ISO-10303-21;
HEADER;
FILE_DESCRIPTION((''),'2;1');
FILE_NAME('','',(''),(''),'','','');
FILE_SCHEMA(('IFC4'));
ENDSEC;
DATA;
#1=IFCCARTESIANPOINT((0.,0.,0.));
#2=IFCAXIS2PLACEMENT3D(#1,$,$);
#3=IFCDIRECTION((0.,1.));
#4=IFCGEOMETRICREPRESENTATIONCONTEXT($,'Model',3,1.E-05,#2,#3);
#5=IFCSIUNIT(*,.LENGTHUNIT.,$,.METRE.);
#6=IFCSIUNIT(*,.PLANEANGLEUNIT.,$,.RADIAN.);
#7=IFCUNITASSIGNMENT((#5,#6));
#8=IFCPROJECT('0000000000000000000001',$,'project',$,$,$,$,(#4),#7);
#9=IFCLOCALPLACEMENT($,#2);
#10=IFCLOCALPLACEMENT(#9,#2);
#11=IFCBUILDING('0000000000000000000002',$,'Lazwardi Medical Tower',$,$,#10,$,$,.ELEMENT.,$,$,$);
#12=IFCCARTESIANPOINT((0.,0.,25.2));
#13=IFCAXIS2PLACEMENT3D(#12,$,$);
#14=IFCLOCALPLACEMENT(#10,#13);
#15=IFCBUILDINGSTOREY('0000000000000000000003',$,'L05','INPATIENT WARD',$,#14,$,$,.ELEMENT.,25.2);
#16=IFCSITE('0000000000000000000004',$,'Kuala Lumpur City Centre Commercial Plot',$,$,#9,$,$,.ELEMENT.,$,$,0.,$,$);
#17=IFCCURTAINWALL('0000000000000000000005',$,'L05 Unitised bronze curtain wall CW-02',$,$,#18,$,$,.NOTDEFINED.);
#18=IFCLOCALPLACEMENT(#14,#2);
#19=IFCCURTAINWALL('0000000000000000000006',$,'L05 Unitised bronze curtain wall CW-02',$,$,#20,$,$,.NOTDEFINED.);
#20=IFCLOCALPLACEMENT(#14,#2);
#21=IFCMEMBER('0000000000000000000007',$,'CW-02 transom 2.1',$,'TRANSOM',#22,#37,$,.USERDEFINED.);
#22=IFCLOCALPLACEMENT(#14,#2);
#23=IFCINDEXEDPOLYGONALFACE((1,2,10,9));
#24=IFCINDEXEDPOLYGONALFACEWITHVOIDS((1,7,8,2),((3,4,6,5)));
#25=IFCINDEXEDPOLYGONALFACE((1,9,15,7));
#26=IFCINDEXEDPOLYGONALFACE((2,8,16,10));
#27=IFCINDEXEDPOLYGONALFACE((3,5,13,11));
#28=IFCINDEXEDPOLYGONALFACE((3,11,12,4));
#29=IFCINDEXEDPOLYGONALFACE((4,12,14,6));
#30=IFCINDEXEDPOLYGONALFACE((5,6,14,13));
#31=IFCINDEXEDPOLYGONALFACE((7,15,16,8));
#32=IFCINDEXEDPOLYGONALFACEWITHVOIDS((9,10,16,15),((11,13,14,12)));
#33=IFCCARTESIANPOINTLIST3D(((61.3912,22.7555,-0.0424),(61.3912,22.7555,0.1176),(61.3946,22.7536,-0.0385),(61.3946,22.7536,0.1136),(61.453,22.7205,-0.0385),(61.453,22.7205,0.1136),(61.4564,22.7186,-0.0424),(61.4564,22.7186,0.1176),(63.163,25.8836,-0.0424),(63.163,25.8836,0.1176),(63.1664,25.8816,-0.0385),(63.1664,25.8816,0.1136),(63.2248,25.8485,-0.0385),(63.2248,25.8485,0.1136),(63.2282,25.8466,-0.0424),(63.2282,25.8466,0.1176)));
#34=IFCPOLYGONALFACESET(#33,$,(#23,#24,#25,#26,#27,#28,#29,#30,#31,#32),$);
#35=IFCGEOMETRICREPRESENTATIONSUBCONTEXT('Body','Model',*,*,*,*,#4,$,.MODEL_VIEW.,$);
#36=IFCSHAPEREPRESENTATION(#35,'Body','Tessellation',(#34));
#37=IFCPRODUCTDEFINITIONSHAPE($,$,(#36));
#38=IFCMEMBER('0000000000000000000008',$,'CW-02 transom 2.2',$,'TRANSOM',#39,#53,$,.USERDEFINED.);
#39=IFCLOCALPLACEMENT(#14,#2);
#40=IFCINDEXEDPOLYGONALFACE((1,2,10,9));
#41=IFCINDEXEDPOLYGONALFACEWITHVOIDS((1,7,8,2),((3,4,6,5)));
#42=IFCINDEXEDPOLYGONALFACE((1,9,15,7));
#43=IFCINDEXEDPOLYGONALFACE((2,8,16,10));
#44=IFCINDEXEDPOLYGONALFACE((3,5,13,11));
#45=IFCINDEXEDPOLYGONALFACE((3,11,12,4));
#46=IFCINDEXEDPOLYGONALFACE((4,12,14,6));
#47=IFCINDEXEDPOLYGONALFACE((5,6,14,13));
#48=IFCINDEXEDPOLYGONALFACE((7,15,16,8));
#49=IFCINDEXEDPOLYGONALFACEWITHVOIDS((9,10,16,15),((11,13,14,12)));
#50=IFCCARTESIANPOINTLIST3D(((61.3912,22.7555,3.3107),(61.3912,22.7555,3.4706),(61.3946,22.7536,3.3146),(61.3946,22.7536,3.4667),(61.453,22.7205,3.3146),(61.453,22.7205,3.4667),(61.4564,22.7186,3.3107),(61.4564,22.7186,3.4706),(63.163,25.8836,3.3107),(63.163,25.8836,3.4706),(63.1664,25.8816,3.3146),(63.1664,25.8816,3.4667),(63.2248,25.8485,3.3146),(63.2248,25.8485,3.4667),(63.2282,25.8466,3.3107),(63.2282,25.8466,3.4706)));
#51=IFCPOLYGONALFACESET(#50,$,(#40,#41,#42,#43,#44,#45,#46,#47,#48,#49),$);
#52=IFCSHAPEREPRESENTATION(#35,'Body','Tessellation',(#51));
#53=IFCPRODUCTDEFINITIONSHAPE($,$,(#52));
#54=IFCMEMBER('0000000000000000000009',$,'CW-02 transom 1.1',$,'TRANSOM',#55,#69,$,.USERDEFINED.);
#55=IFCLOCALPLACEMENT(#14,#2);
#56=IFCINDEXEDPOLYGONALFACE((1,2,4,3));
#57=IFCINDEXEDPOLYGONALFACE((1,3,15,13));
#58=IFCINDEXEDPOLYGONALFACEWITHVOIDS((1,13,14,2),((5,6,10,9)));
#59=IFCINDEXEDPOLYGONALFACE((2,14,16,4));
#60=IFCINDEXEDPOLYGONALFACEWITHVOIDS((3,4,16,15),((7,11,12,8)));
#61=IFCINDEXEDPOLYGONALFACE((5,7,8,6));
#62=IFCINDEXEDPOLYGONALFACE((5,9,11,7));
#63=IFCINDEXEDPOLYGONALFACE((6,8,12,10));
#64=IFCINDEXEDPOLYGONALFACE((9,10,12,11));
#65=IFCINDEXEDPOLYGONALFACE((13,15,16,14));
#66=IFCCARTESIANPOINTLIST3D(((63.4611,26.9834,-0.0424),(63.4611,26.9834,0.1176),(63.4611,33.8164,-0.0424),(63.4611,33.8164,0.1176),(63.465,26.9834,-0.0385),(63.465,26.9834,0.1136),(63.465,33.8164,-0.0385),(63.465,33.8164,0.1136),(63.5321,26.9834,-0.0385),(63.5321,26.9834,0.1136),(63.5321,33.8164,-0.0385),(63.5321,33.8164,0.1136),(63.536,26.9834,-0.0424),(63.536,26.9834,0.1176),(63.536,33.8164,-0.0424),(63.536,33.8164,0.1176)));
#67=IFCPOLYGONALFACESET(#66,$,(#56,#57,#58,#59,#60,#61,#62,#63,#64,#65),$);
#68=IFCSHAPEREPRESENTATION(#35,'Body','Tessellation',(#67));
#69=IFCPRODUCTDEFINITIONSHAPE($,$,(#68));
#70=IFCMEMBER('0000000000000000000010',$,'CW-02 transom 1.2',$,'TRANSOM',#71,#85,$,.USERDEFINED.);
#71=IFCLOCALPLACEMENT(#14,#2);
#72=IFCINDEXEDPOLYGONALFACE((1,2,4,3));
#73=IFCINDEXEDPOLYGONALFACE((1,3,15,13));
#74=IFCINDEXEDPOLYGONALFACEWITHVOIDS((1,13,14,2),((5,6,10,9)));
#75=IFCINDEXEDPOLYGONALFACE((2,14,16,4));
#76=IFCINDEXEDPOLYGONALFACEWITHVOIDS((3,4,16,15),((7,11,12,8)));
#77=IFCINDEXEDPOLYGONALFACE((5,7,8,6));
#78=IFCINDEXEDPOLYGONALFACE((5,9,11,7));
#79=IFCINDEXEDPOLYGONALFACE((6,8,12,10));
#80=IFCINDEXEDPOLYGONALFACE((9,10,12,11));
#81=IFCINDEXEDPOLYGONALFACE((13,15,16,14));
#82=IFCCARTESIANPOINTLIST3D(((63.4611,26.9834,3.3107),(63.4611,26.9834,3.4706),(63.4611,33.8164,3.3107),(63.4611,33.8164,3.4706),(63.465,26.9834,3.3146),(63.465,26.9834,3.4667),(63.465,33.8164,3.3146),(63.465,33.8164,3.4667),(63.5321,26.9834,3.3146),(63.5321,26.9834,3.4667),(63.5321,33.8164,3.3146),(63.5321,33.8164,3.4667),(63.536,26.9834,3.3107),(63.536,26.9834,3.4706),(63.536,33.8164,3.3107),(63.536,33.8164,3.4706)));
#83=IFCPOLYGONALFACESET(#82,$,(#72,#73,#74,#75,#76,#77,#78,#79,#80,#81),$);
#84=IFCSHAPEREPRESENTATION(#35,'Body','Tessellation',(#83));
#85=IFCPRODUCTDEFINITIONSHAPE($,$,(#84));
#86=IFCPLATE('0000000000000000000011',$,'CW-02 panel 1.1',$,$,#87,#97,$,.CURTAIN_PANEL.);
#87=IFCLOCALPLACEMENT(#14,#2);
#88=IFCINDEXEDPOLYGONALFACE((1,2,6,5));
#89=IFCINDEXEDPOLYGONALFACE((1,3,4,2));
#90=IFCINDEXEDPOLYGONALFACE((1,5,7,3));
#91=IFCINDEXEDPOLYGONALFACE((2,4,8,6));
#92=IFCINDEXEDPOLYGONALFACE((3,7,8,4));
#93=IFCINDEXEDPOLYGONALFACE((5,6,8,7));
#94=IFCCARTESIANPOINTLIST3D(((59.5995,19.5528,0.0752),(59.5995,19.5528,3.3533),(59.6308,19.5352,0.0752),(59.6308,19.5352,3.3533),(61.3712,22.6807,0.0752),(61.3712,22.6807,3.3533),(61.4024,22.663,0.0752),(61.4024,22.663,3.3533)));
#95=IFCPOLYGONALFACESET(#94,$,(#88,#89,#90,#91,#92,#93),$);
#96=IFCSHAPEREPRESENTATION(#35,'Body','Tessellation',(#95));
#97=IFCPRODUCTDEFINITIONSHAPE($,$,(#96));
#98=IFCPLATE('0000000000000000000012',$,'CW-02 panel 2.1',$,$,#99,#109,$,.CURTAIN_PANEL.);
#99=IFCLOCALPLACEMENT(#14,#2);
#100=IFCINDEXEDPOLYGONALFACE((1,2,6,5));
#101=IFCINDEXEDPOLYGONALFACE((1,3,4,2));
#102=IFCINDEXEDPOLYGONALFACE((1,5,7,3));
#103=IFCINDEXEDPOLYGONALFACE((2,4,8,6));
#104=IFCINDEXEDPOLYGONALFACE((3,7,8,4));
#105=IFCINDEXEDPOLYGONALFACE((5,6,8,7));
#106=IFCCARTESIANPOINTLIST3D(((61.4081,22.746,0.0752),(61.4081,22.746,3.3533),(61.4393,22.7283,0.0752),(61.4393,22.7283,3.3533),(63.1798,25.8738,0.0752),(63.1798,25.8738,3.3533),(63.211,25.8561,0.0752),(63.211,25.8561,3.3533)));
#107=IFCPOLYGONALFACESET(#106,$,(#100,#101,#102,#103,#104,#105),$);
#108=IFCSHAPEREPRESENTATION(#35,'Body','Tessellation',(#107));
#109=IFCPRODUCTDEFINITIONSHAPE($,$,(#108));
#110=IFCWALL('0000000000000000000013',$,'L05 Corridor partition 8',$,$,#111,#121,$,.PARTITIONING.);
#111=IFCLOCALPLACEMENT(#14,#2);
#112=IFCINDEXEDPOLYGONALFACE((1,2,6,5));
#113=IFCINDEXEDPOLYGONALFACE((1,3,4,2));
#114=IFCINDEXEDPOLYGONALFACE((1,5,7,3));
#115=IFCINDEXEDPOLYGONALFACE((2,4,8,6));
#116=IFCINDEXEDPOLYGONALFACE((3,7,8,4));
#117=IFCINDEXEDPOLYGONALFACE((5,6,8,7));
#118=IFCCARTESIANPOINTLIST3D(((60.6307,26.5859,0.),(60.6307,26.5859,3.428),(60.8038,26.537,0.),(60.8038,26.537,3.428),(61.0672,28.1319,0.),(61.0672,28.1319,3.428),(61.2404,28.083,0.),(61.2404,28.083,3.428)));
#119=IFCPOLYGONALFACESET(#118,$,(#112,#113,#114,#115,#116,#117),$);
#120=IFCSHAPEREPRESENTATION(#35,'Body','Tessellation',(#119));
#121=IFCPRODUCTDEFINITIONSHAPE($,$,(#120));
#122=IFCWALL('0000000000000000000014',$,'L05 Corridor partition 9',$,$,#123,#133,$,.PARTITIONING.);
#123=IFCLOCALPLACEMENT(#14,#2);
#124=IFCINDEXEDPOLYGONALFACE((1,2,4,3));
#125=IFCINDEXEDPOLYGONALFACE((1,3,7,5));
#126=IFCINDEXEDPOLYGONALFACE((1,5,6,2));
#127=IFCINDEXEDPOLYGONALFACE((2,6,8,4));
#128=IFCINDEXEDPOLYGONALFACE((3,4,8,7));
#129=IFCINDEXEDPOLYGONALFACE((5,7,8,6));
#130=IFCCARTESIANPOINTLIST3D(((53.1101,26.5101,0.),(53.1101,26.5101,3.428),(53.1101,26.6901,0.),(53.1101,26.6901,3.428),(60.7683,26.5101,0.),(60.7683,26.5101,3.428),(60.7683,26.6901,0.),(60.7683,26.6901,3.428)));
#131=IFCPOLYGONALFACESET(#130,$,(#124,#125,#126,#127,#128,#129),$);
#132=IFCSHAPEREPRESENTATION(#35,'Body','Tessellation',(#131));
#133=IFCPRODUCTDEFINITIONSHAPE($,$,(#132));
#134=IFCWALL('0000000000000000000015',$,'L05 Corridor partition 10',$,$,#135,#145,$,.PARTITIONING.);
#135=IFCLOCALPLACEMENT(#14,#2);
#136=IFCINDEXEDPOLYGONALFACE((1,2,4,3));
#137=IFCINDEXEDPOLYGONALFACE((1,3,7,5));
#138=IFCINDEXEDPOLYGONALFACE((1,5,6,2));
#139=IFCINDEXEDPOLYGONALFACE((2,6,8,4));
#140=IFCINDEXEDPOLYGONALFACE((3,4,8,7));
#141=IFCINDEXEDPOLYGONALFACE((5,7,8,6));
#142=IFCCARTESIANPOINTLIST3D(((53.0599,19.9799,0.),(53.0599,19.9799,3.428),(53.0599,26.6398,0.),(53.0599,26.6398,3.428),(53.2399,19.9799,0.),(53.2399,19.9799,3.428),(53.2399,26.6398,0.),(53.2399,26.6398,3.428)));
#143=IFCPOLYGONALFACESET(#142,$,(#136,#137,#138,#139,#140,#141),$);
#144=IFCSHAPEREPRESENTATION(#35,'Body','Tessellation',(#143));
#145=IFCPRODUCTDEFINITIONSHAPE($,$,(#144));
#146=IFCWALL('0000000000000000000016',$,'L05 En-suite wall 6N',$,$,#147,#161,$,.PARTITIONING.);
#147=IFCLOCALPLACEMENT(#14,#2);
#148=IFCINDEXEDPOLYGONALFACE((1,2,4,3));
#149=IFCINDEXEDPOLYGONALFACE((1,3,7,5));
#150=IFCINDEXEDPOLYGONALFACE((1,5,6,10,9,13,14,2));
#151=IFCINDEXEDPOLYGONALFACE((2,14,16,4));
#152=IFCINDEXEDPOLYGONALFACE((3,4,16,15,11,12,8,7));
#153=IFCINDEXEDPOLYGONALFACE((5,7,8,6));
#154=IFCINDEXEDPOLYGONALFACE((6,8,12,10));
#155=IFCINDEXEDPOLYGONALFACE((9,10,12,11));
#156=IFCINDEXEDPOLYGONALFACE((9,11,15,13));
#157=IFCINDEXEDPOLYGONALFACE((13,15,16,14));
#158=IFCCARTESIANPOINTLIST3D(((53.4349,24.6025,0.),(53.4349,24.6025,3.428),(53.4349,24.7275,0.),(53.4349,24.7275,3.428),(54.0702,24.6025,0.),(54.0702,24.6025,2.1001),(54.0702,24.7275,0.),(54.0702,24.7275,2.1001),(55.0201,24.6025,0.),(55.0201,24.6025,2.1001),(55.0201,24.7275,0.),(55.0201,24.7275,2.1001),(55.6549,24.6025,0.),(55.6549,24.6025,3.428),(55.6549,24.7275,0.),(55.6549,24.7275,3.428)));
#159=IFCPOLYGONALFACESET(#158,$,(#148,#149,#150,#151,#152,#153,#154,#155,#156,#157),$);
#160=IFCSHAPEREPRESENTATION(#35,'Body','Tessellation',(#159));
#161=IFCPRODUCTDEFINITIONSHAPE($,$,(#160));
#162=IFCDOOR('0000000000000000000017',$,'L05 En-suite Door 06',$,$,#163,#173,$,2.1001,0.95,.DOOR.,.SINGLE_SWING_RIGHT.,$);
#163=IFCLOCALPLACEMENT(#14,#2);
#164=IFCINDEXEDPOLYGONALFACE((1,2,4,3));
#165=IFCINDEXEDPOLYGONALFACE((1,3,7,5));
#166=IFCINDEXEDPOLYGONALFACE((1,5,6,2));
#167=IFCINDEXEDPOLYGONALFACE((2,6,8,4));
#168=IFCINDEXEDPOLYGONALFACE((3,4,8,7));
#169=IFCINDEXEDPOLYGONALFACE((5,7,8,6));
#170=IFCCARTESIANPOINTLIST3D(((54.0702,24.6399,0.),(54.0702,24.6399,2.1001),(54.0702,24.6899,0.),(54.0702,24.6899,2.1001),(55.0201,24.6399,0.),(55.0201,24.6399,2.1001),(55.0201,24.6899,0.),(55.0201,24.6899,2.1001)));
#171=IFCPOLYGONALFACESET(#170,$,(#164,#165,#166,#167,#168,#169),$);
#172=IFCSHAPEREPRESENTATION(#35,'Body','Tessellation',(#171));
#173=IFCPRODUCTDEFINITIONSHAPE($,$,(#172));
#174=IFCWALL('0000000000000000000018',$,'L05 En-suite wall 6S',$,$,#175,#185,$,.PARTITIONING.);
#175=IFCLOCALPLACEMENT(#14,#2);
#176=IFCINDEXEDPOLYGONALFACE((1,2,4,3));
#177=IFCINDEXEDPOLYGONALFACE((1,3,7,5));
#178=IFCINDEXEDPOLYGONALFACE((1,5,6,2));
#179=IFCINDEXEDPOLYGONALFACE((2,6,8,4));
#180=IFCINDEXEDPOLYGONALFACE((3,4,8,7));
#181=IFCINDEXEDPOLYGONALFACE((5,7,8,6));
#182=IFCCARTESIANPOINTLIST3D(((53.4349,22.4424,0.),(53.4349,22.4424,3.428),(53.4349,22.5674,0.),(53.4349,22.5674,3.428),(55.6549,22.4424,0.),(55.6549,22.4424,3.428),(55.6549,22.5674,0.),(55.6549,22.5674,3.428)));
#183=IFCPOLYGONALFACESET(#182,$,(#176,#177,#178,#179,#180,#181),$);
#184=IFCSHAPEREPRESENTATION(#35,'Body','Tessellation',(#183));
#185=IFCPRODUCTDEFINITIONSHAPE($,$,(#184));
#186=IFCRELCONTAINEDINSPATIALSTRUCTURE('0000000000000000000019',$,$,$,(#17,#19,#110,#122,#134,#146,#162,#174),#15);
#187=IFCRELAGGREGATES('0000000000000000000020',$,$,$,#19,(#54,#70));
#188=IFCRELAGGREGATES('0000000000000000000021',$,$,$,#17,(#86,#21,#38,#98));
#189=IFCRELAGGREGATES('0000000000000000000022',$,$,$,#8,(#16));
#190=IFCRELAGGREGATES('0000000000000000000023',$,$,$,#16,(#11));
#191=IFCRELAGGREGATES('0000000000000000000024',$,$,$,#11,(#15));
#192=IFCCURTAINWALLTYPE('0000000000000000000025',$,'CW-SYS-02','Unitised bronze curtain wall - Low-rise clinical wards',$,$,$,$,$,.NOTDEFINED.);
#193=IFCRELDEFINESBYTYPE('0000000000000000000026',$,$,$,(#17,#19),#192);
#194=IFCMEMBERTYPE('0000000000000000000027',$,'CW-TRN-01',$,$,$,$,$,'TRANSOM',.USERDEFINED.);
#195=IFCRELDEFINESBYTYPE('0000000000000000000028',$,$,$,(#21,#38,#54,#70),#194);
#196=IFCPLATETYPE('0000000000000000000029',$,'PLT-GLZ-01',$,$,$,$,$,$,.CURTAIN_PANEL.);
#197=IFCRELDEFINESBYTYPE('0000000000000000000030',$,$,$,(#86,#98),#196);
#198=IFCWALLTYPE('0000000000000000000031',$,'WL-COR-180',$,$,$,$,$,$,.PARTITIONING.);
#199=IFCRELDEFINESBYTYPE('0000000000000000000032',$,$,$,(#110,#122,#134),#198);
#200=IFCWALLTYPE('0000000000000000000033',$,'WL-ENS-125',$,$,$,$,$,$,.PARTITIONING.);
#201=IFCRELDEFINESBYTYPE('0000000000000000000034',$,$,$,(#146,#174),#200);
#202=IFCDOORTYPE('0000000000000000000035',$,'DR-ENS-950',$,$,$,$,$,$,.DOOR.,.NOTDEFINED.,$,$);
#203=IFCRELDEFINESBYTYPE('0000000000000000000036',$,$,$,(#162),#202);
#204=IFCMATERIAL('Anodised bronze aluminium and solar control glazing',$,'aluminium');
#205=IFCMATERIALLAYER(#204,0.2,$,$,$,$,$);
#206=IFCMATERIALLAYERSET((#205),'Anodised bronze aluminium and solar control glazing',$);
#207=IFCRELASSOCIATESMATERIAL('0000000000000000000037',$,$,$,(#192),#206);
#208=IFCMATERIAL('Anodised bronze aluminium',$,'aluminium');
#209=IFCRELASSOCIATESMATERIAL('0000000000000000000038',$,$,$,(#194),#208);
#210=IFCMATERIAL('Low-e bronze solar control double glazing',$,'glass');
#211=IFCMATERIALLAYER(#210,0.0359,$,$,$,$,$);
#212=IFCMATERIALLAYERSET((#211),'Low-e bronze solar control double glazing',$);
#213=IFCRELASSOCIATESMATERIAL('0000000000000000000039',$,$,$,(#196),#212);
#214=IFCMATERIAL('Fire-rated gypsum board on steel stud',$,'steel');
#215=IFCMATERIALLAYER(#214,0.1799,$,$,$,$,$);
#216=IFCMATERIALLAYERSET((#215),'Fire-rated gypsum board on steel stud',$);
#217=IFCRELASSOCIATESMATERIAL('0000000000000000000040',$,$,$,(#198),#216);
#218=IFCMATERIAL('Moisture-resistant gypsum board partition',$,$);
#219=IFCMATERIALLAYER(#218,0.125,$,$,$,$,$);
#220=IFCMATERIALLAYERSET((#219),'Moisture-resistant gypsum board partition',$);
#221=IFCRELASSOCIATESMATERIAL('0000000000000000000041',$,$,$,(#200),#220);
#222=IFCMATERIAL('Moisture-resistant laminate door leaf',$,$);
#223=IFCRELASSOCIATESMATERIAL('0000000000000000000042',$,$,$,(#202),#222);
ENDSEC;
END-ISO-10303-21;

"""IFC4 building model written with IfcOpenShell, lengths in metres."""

from ifc_helpers import new_model, si_unit, direction, frame, frame_2d, origin, origin_2d, place, context, subcontext, project, spatial, rectangle, hollow_rectangle, extrude, material, layer, layer_set, material_profile, profile_set, type_object, element, fill, aggregate, save


model = new_model("IFC4")

# Units and contexts
model_context = context("Model", 3, precision=1e-05, world=origin(), true_north=direction((0.0, 1.0)))
body_context = subcontext(model_context, "Body", "Model", "MODEL_VIEW")
ifc_project = project(units=[si_unit("LENGTHUNIT", "METRE"), si_unit("PLANEANGLEUNIT", "RADIAN")], contexts=[model_context])

# Site, building, storey
site_placement = place(None, origin())
site = spatial("IfcSite", under=ifc_project, at=site_placement, Name="Kuala Lumpur City Centre Commercial Plot", CompositionType="ELEMENT", RefElevation=0.0)
building_placement = place(site_placement, origin())
building = spatial("IfcBuilding", under=site, at=building_placement, Name="Lazwardi Medical Tower", CompositionType="ELEMENT")
storey_placement = place(building_placement, frame((0.0, 0.0, 25.2)))
storey = spatial("IfcBuildingStorey", under=building, at=storey_placement, Name="L05", Description="INPATIENT WARD", CompositionType="ELEMENT", Elevation=25.2)

# Curtain wall
ifc_material_1 = material(Name="Anodised bronze aluminium and solar control glazing", Category="aluminium")
ifc_layer_1 = layer(ifc_material_1, 0.2)
ifc_layer_set_1 = layer_set([ifc_layer_1], Name="Anodised bronze aluminium and solar control glazing")
curtain_wall_type = type_object("IfcCurtainWallType", Name="CW-SYS-02", Description="Unitised bronze curtain wall - Low-rise clinical wards", PredefinedType="NOTDEFINED", material=ifc_layer_set_1)
curtain_wall_1_placement = place(storey_placement, origin())
curtain_wall_1 = element("IfcCurtainWall", 1, at=curtain_wall_1_placement, inside=storey, type_object=curtain_wall_type, Name="L05 Unitised bronze curtain wall CW-02", PredefinedType="NOTDEFINED")
ifc_material_2 = material(Name="Anodised bronze aluminium", Category="aluminium")

# Curtain wall
curtain_wall_2_placement = place(storey_placement, origin())
curtain_wall_2 = element("IfcCurtainWall", 2, at=curtain_wall_2_placement, inside=storey, type_object=curtain_wall_type, Name="L05 Unitised bronze curtain wall CW-02", PredefinedType="NOTDEFINED")

# Members
ifc_material_profile_1 = material_profile(ifc_material_2, hollow_rectangle(XDim=0.075, YDim=0.1599, WallThickness=0.0039, at=origin_2d()), Name="ALU-TRANSOM 160x75x4")
ifc_profile_set_1 = profile_set([ifc_material_profile_1], Name="Anodised bronze aluminium")
member_type_1 = type_object("IfcMemberType", Name="CW-TRN-01", ElementType="TRANSOM", PredefinedType="USERDEFINED", material=ifc_profile_set_1)
member_1_placement = place(storey_placement, frame((61.4238, 22.7371, 0.0376), z_axis=(0.492851, 0.870113, 0.0), x_axis=(-0.870113, 0.492851, 0.0)))
member_1 = element("IfcMember", 3, at=member_1_placement, type_object=member_type_1, Name="CW-02 transom 2.1", ObjectType="TRANSOM", PredefinedType="USERDEFINED", context=body_context, shape_type="SweptSolid", body=[
    extrude(hollow_rectangle(XDim=0.075, YDim=0.1599, WallThickness=0.0039, at=origin_2d()), origin(), (0.0, 0.0, 1.0), 3.595),
])
member_2_placement = place(storey_placement, frame((61.4238, 22.7371, 3.3906), z_axis=(0.492851, 0.870113, 0.0), x_axis=(-0.870113, 0.492851, 0.0)))
member_2 = element("IfcMember", 4, at=member_2_placement, type_object=member_type_1, Name="CW-02 transom 2.2", ObjectType="TRANSOM", PredefinedType="USERDEFINED", context=body_context, shape_type="SweptSolid", body=[
    extrude(hollow_rectangle(XDim=0.075, YDim=0.1599, WallThickness=0.0039, at=origin_2d()), origin(), (0.0, 0.0, 1.0), 3.595),
])
member_3_placement = place(storey_placement, frame((63.4985, 26.9834, 0.0376), z_axis=(0.0, 1.0, 0.0), x_axis=(-1.0, 0.0, 0.0)))
member_3 = element("IfcMember", 5, at=member_3_placement, type_object=member_type_1, Name="CW-02 transom 1.1", ObjectType="TRANSOM", PredefinedType="USERDEFINED", context=body_context, shape_type="SweptSolid", body=[
    extrude(hollow_rectangle(XDim=0.075, YDim=0.1599, WallThickness=0.0039, at=origin_2d()), origin(), (0.0, 0.0, 1.0), 6.833),
])
member_4_placement = place(storey_placement, frame((63.4985, 26.9834, 3.3906), z_axis=(0.0, 1.0, 0.0), x_axis=(-1.0, 0.0, 0.0)))
member_4 = element("IfcMember", 6, at=member_4_placement, type_object=member_type_1, Name="CW-02 transom 1.2", ObjectType="TRANSOM", PredefinedType="USERDEFINED", context=body_context, shape_type="SweptSolid", body=[
    extrude(hollow_rectangle(XDim=0.075, YDim=0.1599, WallThickness=0.0039, at=origin_2d()), origin(), (0.0, 0.0, 1.0), 6.833),
])
aggregate(curtain_wall_2, [member_3, member_4])

# Plates
ifc_material_3 = material(Name="Low-e bronze solar control double glazing", Category="glass")
ifc_layer_2 = layer(ifc_material_3, 0.0359)
ifc_layer_set_2 = layer_set([ifc_layer_2], Name="Low-e bronze solar control double glazing")
plate_type = type_object("IfcPlateType", Name="PLT-GLZ-01", PredefinedType="CURTAIN_PANEL", material=ifc_layer_set_2)
plate_1_placement = place(storey_placement, frame((60.501, 21.1079, 0.0752), z_axis=(0.0, 0.0, 1.0), x_axis=(0.492854, 0.870112, 0.0)))
plate_1 = element("IfcPlate", 7, at=plate_1_placement, type_object=plate_type, Name="CW-02 panel 1.1", PredefinedType="CURTAIN_PANEL", context=body_context, shape_type="SweptSolid", body=[
    extrude(rectangle(XDim=3.5947, YDim=0.0359, at=origin_2d()), origin(), (0.0, 0.0, 1.0), 3.2781),
])
plate_2_placement = place(storey_placement, frame((62.3096, 24.301, 0.0752), z_axis=(0.0, 0.0, 1.0), x_axis=(0.492854, 0.870112, 0.0)))
plate_2 = element("IfcPlate", 8, at=plate_2_placement, type_object=plate_type, Name="CW-02 panel 2.1", PredefinedType="CURTAIN_PANEL", context=body_context, shape_type="SweptSolid", body=[
    extrude(rectangle(XDim=3.5947, YDim=0.0359, at=origin_2d()), origin(), (0.0, 0.0, 1.0), 3.2781),
])
aggregate(curtain_wall_1, [plate_1, member_1, member_2, plate_2])

# Walls
ifc_material_4 = material(Name="Fire-rated gypsum board on steel stud", Category="steel")
ifc_layer_3 = layer(ifc_material_4, 0.1799)
ifc_layer_set_3 = layer_set([ifc_layer_3], Name="Fire-rated gypsum board on steel stud")
wall_type_1 = type_object("IfcWallType", Name="WL-COR-180", PredefinedType="PARTITIONING", material=ifc_layer_set_3)
wall_1_placement = place(storey_placement, frame((61.1538, 28.1074, 0.0), z_axis=(0.0, 0.0, 1.0), x_axis=(-0.271749, -0.962368, 0.0)))
element("IfcWall", 9, at=wall_1_placement, inside=storey, type_object=wall_type_1, Name="L05 Corridor partition 8", PredefinedType="PARTITIONING", context=body_context, shape_type="SweptSolid", body=[
    extrude(rectangle(XDim=1.6064, YDim=0.1799, at=frame_2d((0.8032, 0.0))), origin(), (0.0, 0.0, 1.0), 3.428),
])
wall_2_placement = place(storey_placement, frame((60.7683, 26.6001, 0.0), z_axis=(0.0, 0.0, 1.0), x_axis=(-1.0, 0.0, 0.0)))
element("IfcWall", 10, at=wall_2_placement, inside=storey, type_object=wall_type_1, Name="L05 Corridor partition 9", PredefinedType="PARTITIONING", context=body_context, shape_type="SweptSolid", body=[
    extrude(rectangle(XDim=7.6582, YDim=0.1799, at=frame_2d((3.8291, 0.0))), origin(), (0.0, 0.0, 1.0), 3.428),
])
wall_3_placement = place(storey_placement, frame((53.1499, 26.6399, 0.0), z_axis=(0.0, 0.0, 1.0), x_axis=(0.0, -1.0, 0.0)))
element("IfcWall", 11, at=wall_3_placement, inside=storey, type_object=wall_type_1, Name="L05 Corridor partition 10", PredefinedType="PARTITIONING", context=body_context, shape_type="SweptSolid", body=[
    extrude(rectangle(XDim=6.6599, YDim=0.1799, at=frame_2d((3.3301, 0.0))), origin(), (0.0, 0.0, 1.0), 3.428),
])

# Wall, opening, door
ifc_material_5 = material(Name="Moisture-resistant gypsum board partition")
ifc_layer_4 = layer(ifc_material_5, 0.125)
ifc_layer_set_4 = layer_set([ifc_layer_4], Name="Moisture-resistant gypsum board partition")
wall_type_2 = type_object("IfcWallType", Name="WL-ENS-125", PredefinedType="PARTITIONING", material=ifc_layer_set_4)
wall_4_placement = place(storey_placement, frame((53.4351, 24.665, 0.0), z_axis=(0.0, 0.0, 1.0), x_axis=(1.0, 0.0, 0.0)))
wall_4 = element("IfcWall", 12, at=wall_4_placement, inside=storey, type_object=wall_type_2, Name="L05 En-suite wall 6N", PredefinedType="PARTITIONING", context=body_context, shape_type="SweptSolid", body=[
    extrude(rectangle(XDim=2.22, YDim=0.125, at=frame_2d((1.1099, 0.0))), origin(), (0.0, 0.0, 1.0), 3.428),
])
opening_placement = place(wall_4_placement, frame((0.635, 0.0, 0.0)))
opening = element("IfcOpeningElement", 13, at=opening_placement, cuts=wall_4, PredefinedType="OPENING", context=body_context, shape_type="SweptSolid", body=[
    extrude(rectangle(XDim=0.95, YDim=2.1001, at=frame_2d((0.4751, 1.05))), frame((0.0, 0.0725, 0.0), z_axis=(0.0, -1.0, 0.0), x_axis=(1.0, 0.0, 0.0)), (0.0, 0.0, 1.0), 0.145),
])
ifc_material_6 = material(Name="Moisture-resistant laminate door leaf")
door_type = type_object("IfcDoorType", Name="DR-ENS-950", OperationType="NOTDEFINED", PredefinedType="DOOR", material=ifc_material_6)
door_placement = place(opening_placement, origin())
door = element("IfcDoor", 14, at=door_placement, inside=storey, type_object=door_type, Name="L05 En-suite Door 06", OperationType="SINGLE_SWING_RIGHT", OverallHeight=2.1001, OverallWidth=0.95, PredefinedType="DOOR", context=body_context, shape_type="SweptSolid", body=[
    extrude(rectangle(XDim=0.95, YDim=2.1001, at=frame_2d((0.4751, 1.05))), frame((0.0, 0.0249, 0.0), z_axis=(0.0, -1.0, 0.0), x_axis=(1.0, 0.0, 0.0)), (0.0, 0.0, 1.0), 0.05),
])
fill(opening, door)

# Wall
wall_5_placement = place(storey_placement, frame((53.4351, 22.5049, 0.0), z_axis=(0.0, 0.0, 1.0), x_axis=(1.0, 0.0, 0.0)))
element("IfcWall", 15, at=wall_5_placement, inside=storey, type_object=wall_type_2, Name="L05 En-suite wall 6S", PredefinedType="PARTITIONING", context=body_context, shape_type="SweptSolid", body=[
    extrude(rectangle(XDim=2.22, YDim=0.125, at=frame_2d((1.1099, 0.0))), origin(), (0.0, 0.0, 1.0), 3.428),
])

save(model, "model.ifc")
